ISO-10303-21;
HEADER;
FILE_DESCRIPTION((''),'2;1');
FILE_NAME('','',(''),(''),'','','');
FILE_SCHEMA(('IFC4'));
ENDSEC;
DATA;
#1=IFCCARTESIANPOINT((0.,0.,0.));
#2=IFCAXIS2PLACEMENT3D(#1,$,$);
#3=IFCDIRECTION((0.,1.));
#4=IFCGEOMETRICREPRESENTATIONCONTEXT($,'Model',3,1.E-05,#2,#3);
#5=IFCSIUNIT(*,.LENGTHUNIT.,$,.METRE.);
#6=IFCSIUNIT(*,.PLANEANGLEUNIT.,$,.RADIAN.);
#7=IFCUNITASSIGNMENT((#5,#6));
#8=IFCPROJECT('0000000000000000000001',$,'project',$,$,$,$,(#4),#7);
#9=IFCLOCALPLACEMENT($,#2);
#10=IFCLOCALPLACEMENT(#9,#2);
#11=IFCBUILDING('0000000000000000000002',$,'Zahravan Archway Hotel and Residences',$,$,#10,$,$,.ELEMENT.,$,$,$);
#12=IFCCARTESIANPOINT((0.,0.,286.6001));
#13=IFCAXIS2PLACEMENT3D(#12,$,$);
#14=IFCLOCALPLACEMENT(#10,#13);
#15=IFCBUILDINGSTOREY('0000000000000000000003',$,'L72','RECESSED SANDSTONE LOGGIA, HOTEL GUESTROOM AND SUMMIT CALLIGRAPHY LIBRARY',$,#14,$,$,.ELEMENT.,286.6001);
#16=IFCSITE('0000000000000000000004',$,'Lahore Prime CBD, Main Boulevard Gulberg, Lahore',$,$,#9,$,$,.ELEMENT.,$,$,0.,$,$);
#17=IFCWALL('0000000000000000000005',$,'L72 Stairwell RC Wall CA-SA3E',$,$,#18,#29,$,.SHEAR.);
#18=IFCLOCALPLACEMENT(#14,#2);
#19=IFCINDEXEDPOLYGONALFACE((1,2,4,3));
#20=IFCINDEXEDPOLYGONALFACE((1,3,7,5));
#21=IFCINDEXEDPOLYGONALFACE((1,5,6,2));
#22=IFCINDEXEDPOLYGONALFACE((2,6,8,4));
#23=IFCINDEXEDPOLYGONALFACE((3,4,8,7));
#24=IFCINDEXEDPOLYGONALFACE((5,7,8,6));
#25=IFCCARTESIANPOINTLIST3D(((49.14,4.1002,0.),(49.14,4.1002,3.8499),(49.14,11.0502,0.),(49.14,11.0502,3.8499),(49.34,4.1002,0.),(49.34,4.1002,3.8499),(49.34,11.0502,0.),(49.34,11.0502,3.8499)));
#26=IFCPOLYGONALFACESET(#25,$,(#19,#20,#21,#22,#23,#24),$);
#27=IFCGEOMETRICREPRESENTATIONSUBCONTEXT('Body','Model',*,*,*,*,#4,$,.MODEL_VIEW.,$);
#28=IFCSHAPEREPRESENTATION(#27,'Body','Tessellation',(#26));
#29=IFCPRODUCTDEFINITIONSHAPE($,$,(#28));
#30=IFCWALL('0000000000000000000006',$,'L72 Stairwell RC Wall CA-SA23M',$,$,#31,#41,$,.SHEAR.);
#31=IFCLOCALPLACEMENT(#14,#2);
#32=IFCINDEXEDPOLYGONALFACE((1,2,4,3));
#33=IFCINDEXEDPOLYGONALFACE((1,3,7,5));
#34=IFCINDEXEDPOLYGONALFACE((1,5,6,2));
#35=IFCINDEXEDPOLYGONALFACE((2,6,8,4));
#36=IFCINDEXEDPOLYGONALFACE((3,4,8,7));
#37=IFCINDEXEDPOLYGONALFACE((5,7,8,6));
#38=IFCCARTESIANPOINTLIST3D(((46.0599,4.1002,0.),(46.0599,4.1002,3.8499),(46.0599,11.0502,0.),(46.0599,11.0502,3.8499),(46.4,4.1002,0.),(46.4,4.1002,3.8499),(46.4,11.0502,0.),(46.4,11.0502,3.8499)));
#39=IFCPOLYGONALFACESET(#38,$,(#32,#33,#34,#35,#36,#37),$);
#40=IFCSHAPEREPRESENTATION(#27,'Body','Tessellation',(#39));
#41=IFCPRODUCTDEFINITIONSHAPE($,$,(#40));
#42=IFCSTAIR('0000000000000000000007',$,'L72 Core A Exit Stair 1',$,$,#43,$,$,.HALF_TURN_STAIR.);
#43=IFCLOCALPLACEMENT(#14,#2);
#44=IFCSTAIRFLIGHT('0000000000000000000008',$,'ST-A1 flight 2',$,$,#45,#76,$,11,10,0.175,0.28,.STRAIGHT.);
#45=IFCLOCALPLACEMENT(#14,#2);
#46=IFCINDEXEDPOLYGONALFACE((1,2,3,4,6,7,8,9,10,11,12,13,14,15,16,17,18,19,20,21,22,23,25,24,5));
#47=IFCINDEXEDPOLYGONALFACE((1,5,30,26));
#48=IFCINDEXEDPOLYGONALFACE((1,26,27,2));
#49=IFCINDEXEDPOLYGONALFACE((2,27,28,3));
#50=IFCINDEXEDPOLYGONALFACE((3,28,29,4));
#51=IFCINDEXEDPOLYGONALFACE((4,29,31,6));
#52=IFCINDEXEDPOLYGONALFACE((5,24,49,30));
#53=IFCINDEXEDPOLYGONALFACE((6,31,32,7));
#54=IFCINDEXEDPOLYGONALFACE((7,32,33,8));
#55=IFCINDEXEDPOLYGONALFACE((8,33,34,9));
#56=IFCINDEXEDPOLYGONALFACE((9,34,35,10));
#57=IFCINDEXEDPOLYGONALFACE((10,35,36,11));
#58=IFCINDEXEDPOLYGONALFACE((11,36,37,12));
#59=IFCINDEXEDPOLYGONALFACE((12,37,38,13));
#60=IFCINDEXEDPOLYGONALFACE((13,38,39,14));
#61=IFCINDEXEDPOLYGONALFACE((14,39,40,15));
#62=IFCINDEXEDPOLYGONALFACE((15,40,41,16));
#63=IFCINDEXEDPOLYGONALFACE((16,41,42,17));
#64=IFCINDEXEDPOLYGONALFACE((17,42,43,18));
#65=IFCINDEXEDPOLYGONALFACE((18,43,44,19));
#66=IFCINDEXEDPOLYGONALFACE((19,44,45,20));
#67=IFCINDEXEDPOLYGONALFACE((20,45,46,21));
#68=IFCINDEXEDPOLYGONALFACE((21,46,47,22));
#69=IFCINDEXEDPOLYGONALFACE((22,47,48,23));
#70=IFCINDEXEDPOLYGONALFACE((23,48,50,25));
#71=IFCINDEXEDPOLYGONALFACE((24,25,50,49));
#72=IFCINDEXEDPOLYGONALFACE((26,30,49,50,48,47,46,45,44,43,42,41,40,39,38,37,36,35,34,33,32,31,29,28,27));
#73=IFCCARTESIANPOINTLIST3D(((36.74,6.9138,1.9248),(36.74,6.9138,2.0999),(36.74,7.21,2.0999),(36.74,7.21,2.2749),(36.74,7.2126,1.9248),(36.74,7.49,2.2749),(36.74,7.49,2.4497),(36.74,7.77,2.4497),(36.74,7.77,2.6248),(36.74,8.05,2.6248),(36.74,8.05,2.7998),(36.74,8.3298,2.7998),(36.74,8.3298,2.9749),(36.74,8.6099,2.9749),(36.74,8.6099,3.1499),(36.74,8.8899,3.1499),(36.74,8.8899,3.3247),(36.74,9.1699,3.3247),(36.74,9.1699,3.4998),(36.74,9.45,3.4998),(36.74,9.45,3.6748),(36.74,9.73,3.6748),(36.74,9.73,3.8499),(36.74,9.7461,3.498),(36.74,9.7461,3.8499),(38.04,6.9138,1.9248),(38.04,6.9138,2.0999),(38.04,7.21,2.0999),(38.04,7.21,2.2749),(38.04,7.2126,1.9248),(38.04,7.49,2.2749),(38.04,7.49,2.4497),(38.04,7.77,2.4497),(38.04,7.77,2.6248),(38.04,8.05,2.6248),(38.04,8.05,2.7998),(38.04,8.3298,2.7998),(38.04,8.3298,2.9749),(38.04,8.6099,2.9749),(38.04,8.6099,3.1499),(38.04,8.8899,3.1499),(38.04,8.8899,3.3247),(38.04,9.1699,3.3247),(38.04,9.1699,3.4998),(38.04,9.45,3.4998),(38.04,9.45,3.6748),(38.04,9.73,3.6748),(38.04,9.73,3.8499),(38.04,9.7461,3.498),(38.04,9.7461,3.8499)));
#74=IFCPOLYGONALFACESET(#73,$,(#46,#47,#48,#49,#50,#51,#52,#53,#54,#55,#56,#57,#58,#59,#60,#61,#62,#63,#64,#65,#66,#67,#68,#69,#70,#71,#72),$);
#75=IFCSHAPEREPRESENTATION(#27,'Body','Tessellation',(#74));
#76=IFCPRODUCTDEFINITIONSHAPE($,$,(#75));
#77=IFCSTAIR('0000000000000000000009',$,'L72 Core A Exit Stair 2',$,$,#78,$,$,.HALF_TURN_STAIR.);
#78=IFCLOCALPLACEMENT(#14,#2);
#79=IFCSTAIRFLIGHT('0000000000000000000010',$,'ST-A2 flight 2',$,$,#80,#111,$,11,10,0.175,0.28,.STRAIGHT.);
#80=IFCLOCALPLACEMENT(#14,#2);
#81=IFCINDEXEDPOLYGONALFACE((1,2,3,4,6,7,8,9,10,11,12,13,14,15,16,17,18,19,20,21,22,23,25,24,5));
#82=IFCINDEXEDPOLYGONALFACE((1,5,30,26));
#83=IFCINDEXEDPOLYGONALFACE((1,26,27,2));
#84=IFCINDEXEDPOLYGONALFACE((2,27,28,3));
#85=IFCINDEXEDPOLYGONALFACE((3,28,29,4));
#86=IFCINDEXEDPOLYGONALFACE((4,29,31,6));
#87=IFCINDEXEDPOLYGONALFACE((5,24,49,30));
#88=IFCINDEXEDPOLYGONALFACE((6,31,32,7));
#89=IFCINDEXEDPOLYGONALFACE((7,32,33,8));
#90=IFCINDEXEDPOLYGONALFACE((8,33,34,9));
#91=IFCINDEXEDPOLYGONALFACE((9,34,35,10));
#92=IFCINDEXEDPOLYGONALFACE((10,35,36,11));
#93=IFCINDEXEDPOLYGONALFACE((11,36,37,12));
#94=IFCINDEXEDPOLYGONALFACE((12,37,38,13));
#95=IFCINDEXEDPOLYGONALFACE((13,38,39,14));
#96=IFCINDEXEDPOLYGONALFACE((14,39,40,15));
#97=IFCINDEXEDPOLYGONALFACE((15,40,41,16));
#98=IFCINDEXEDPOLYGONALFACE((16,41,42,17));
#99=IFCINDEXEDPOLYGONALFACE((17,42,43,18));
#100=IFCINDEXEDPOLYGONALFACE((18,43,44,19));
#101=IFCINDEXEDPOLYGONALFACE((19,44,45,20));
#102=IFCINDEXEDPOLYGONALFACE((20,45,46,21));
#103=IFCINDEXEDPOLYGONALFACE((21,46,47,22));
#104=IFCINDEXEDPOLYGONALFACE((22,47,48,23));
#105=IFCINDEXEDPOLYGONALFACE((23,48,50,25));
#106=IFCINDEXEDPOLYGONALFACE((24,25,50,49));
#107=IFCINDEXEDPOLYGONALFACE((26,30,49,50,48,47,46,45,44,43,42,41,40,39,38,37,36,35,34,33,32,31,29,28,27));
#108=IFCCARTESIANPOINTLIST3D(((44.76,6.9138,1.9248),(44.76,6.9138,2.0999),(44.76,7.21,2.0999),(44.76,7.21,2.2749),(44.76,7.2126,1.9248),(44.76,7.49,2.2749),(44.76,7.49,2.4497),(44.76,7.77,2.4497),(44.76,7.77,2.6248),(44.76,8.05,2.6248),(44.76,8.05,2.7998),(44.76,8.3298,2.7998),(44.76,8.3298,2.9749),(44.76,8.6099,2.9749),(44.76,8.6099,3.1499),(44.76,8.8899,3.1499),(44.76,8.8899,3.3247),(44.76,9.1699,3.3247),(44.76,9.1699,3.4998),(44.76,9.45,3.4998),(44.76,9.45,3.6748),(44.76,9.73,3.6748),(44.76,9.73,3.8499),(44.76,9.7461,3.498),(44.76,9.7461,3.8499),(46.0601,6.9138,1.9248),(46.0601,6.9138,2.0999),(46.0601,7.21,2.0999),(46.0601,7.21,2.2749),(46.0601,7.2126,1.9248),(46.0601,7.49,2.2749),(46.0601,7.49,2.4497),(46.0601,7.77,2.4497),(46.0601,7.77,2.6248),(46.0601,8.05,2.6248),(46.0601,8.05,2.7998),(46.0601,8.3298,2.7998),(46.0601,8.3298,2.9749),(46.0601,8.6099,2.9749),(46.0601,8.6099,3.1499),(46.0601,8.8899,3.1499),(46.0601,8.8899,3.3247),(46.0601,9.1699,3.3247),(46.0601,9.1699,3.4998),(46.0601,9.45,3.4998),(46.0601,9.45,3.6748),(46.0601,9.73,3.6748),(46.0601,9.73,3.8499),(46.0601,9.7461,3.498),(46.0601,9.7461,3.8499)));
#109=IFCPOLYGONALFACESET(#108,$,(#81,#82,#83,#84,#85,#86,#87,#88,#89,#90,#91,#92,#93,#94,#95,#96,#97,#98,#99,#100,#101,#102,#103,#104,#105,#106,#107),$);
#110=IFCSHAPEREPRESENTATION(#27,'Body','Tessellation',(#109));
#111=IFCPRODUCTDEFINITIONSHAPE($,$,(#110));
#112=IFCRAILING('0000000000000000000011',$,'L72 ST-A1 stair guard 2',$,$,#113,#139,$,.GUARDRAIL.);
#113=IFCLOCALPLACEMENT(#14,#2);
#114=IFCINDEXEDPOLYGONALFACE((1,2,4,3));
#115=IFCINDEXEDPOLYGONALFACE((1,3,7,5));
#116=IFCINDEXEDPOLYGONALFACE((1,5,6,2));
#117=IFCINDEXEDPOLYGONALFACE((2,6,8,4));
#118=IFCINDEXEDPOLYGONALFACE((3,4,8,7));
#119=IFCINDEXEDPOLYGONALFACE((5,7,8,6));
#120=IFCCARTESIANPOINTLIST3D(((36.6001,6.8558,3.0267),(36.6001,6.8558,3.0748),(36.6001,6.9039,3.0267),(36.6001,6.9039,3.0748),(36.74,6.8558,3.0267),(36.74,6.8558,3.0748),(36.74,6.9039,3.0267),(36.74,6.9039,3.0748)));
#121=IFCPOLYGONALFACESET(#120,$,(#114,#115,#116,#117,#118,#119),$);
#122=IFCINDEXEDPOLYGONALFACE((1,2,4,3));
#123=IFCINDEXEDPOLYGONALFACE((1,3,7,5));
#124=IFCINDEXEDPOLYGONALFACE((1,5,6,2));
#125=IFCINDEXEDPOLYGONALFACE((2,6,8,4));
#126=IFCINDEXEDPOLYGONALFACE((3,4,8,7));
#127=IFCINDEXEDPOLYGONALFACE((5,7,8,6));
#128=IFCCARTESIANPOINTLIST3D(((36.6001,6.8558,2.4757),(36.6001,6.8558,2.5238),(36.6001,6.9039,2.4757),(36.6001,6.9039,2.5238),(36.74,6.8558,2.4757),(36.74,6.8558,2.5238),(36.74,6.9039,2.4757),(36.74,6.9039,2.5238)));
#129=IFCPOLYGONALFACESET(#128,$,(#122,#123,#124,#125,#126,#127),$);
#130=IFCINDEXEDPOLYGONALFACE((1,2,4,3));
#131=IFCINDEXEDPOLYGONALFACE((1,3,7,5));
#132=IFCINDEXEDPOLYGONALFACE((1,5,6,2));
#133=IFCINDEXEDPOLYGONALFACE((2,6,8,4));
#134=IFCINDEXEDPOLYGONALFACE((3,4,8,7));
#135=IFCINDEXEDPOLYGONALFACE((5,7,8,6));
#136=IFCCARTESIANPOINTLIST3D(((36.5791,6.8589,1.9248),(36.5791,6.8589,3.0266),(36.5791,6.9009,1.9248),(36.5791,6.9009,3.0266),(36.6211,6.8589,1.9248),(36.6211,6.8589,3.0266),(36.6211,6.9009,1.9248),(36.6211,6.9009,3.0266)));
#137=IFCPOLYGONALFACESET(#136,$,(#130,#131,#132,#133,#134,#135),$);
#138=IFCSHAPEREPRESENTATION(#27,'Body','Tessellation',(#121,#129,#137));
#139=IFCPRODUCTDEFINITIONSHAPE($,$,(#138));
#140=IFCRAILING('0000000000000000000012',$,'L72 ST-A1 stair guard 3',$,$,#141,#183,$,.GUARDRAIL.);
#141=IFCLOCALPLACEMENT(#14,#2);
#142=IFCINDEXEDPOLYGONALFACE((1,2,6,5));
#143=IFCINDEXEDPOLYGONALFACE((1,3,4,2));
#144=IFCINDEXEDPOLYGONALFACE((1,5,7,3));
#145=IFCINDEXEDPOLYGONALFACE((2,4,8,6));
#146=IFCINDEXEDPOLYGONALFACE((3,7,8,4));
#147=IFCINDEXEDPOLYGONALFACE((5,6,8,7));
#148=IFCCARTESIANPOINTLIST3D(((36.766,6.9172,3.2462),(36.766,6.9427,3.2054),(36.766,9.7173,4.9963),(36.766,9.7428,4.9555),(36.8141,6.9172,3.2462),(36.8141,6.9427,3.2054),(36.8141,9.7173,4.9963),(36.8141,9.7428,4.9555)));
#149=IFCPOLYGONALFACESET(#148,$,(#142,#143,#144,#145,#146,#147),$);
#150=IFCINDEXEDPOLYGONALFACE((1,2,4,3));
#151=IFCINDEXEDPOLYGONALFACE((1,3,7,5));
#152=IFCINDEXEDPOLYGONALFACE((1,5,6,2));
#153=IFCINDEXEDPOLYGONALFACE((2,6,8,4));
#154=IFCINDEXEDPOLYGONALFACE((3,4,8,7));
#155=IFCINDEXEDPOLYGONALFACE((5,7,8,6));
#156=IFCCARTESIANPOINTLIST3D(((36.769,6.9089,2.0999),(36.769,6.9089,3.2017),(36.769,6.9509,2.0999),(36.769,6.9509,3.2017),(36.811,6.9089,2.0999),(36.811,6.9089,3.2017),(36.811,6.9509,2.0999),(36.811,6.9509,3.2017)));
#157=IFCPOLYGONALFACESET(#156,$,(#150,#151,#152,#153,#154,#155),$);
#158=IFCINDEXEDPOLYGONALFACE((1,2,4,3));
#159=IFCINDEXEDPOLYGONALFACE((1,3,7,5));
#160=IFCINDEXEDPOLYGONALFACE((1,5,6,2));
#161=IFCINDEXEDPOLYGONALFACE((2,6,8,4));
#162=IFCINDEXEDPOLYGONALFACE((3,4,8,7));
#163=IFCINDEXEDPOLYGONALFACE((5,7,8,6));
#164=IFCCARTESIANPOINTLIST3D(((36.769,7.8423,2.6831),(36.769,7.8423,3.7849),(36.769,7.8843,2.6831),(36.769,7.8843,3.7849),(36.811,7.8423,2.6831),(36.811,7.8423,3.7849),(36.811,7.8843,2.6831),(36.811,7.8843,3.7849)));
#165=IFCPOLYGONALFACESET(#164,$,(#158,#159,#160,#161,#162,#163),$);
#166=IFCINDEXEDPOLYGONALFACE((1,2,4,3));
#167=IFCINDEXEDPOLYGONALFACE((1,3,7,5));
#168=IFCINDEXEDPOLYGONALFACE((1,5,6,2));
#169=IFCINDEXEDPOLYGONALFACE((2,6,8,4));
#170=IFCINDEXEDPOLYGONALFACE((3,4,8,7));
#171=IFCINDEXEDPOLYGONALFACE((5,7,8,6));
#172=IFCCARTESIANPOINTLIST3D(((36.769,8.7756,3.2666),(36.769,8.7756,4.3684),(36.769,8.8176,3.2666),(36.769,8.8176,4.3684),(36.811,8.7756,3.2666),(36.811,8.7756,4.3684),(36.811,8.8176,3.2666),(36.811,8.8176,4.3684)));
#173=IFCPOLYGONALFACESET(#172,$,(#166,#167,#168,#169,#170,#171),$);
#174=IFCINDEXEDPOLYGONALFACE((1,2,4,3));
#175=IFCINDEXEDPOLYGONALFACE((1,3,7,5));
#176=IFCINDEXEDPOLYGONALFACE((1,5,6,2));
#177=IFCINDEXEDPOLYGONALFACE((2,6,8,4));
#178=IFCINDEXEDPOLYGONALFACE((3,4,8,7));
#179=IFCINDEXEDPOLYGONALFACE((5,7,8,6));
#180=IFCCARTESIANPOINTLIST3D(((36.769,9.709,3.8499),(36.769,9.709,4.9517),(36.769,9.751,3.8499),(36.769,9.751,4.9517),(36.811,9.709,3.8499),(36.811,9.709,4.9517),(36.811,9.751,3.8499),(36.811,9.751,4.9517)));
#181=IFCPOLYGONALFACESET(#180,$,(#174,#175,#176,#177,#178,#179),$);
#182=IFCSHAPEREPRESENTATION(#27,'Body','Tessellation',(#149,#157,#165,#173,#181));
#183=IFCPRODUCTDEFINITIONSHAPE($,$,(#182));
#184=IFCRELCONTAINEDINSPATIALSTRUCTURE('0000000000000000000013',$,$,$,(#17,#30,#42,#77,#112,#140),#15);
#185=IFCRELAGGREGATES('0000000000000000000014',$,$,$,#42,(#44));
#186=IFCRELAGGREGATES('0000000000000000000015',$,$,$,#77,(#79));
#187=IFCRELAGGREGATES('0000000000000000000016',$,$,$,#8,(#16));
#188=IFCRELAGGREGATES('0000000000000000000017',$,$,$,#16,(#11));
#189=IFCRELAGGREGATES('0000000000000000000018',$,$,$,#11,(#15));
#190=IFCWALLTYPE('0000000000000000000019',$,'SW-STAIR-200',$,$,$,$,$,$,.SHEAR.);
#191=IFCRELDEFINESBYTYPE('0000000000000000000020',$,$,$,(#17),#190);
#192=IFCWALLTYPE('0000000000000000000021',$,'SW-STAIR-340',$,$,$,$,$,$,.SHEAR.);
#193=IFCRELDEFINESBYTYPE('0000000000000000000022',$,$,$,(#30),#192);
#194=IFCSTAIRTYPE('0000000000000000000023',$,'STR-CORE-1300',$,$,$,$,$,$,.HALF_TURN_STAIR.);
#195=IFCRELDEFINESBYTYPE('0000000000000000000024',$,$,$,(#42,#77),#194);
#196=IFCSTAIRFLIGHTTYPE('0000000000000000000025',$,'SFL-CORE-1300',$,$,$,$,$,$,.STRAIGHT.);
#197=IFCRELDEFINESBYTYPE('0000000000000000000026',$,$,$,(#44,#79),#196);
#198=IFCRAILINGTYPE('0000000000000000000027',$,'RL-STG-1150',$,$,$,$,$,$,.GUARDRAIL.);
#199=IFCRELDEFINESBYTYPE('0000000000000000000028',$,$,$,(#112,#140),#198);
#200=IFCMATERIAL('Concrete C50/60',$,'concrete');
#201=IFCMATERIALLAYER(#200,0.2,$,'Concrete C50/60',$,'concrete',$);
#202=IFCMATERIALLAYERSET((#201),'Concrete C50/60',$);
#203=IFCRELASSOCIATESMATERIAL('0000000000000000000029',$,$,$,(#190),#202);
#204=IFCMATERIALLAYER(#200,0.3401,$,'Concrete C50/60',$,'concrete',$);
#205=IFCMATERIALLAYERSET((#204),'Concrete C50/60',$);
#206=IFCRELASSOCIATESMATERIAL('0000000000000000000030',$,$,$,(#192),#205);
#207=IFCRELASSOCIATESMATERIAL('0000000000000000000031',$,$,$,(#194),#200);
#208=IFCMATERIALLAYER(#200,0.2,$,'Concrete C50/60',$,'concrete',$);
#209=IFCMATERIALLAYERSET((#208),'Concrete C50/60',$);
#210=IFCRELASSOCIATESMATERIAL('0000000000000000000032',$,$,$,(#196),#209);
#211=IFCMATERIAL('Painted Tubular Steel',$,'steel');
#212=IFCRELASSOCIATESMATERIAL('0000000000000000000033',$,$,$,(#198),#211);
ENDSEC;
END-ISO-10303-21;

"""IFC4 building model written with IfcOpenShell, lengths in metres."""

from ifc_helpers import new_model, si_unit, direction, frame, frame_2d, origin, origin_2d, place, context, subcontext, project, spatial, polyline, rectangle, outline, extrude, source, transform, mapped, material, layer, layer_set, type_object, element, aggregate, save


model = new_model("IFC4")

# Units and contexts
model_context = context("Model", 3, precision=1e-05, world=origin(), true_north=direction((0.0, 1.0)))
body_context = subcontext(model_context, "Body", "Model", "MODEL_VIEW")
ifc_project = project(units=[si_unit("LENGTHUNIT", "METRE"), si_unit("PLANEANGLEUNIT", "RADIAN")], contexts=[model_context])

# Site, building, storey
site_placement = place(None, origin())
site = spatial("IfcSite", under=ifc_project, at=site_placement, Name="Lahore Prime CBD, Main Boulevard Gulberg, Lahore", CompositionType="ELEMENT", RefElevation=0.0)
building_placement = place(site_placement, origin())
building = spatial("IfcBuilding", under=site, at=building_placement, Name="Zahravan Archway Hotel and Residences", CompositionType="ELEMENT")
storey_placement = place(building_placement, frame((0.0, 0.0, 286.6001)))
storey = spatial("IfcBuildingStorey", under=building, at=storey_placement, Name="L72", Description="RECESSED SANDSTONE LOGGIA, HOTEL GUESTROOM AND SUMMIT CALLIGRAPHY LIBRARY", CompositionType="ELEMENT", Elevation=286.6001)

# Shared definitions
ifc_material_1 = material(Name="Concrete C50/60", Category="concrete")

# Walls
ifc_layer_1 = layer(ifc_material_1, 0.2, Name="Concrete C50/60", Category="concrete")
ifc_layer_set_1 = layer_set([ifc_layer_1], Name="Concrete C50/60")
wall_type_1 = type_object("IfcWallType", Name="SW-STAIR-200", PredefinedType="SHEAR", material=ifc_layer_set_1)
for number, where, z_axis, x_axis, name in (
    (1, (49.24, 4.1001, 0.0), (0.0, 0.0, 1.0), (0.0, 1.0, 0.0), "L72 Stairwell RC Wall CA-SA3E"),
):
    element("IfcWall", number, at=place(storey_placement, frame(where, z_axis=z_axis, x_axis=x_axis)), inside=storey, type_object=wall_type_1, Name=name, PredefinedType="SHEAR", context=body_context, shape_type="SweptSolid", body=[
        extrude(rectangle(XDim=6.95, YDim=0.2, at=frame_2d((3.4751, 0.0))), origin(), (0.0, 0.0, 1.0), 3.8499),
    ])
ifc_layer_2 = layer(ifc_material_1, 0.3401, Name="Concrete C50/60", Category="concrete")
ifc_layer_set_2 = layer_set([ifc_layer_2], Name="Concrete C50/60")
wall_type_2 = type_object("IfcWallType", Name="SW-STAIR-340", PredefinedType="SHEAR", material=ifc_layer_set_2)
wall_1_placement = place(storey_placement, frame((46.23, 4.1001, 0.0), z_axis=(0.0, 0.0, 1.0), x_axis=(0.0, 1.0, 0.0)))
element("IfcWall", 2, at=wall_1_placement, inside=storey, type_object=wall_type_2, Name="L72 Stairwell RC Wall CA-SA23M", PredefinedType="SHEAR", context=body_context, shape_type="SweptSolid", body=[
    extrude(rectangle(XDim=6.95, YDim=0.3401, at=frame_2d((3.4751, 0.0))), origin(), (0.0, 0.0, 1.0), 3.8499),
])

# Stairs, stair flights
stair_type = type_object("IfcStairType", Name="STR-CORE-1300", PredefinedType="HALF_TURN_STAIR", material=ifc_material_1)
stair_1_placement = place(storey_placement, origin())
stair_1 = element("IfcStair", 3, at=stair_1_placement, inside=storey, type_object=stair_type, Name="L72 Core A Exit Stair 1", PredefinedType="HALF_TURN_STAIR")
ifc_layer_3 = layer(ifc_material_1, 0.2, Name="Concrete C50/60", Category="concrete")
ifc_layer_set_3 = layer_set([ifc_layer_3], Name="Concrete C50/60")
stair_flight_type = type_object("IfcStairFlightType", Name="SFL-CORE-1300", PredefinedType="STRAIGHT", material=ifc_layer_set_3)
shared_shape_1 = source(origin(), body_context, "Body", "SweptSolid", [
    extrude(outline(polyline([(-0.0161, 0.0), (-0.0161, 0.175), (0.28, 0.175), (0.28, 0.3501), (0.5601, 0.3501), (0.5601, 0.5249), (0.8401, 0.5249), (0.8401, 0.7), (1.1201, 0.7), (1.1201, 0.875), (1.3999, 0.875), (1.3999, 1.05), (1.6799, 1.05), (1.6799, 1.2251), (1.96, 1.2251), (1.96, 1.3999), (2.24, 1.3999), (2.24, 1.575), (2.52, 1.575), (2.52, 1.75), (2.8, 1.75), (2.8, 1.925), (2.8162, 1.925), (2.8162, 1.5732), (0.2827, 0.0), (-0.0161, 0.0)])), frame((0.0, 0.6499, 0.0), z_axis=(0.0, -1.0, 0.0), x_axis=(1.0, 0.0, 0.0)), (0.0, 0.0, 1.0), 1.3),
])
stair_flight_1_placement = place(storey_placement, frame((37.3899, 6.9299, 1.9248), z_axis=(0.0, 0.0, 1.0), x_axis=(0.0, 1.0, 0.0)))
stair_flight_1 = element("IfcStairFlight", 4, at=stair_flight_1_placement, type_object=stair_flight_type, Name="ST-A1 flight 2", NumberOfRisers=11, NumberOfTreads=10, PredefinedType="STRAIGHT", RiserHeight=0.175, TreadLength=0.28, context=body_context, shape_type="MappedRepresentation", body=[
    mapped(shared_shape_1, transform((0.0, 0.0, 0.0), scale=1.0)),
])
aggregate(stair_1, [stair_flight_1])
stair_2_placement = place(storey_placement, origin())
stair_2 = element("IfcStair", 5, at=stair_2_placement, inside=storey, type_object=stair_type, Name="L72 Core A Exit Stair 2", PredefinedType="HALF_TURN_STAIR")
stair_flight_2_placement = place(storey_placement, frame((45.4099, 6.9299, 1.9248), z_axis=(0.0, 0.0, 1.0), x_axis=(0.0, 1.0, 0.0)))
stair_flight_2 = element("IfcStairFlight", 6, at=stair_flight_2_placement, type_object=stair_flight_type, Name="ST-A2 flight 2", NumberOfRisers=11, NumberOfTreads=10, PredefinedType="STRAIGHT", RiserHeight=0.175, TreadLength=0.28, context=body_context, shape_type="MappedRepresentation", body=[
    mapped(shared_shape_1, transform((0.0, 0.0, 0.0), scale=1.0)),
])
aggregate(stair_2, [stair_flight_2])

# Railings
ifc_material_2 = material(Name="Painted Tubular Steel", Category="steel")
railing_type_1 = type_object("IfcRailingType", Name="RL-STG-1150", PredefinedType="GUARDRAIL", material=ifc_material_2)
railing_1_placement = place(storey_placement, frame((36.6001, 6.8799, 1.9248)))
element("IfcRailing", 7, at=railing_1_placement, inside=storey, type_object=railing_type_1, Name="L72 ST-A1 stair guard 2", PredefinedType="GUARDRAIL", context=body_context, shape_type="SweptSolid", body=[
    extrude(rectangle(XDim=0.0481, YDim=0.0481, at=origin_2d()), frame((0.0, 0.0, 1.126), z_axis=(1.0, 0.0, 0.0), x_axis=(0.0, 1.0, 0.0)), (0.0, 0.0, 1.0), 0.1399),
    extrude(rectangle(XDim=0.0481, YDim=0.0481, at=origin_2d()), frame((0.0, 0.0, 0.575), z_axis=(1.0, 0.0, 0.0), x_axis=(0.0, 1.0, 0.0)), (0.0, 0.0, 1.0), 0.1399),
    extrude(rectangle(XDim=0.042, YDim=0.042, at=origin_2d()), origin(), (0.0, 0.0, 1.0), 1.1018),
])
railing_2_placement = place(storey_placement, frame((36.79, 6.9299, 2.0999)))
element("IfcRailing", 8, at=railing_2_placement, inside=storey, type_object=railing_type_1, Name="L72 ST-A1 stair guard 3", PredefinedType="GUARDRAIL", context=body_context, shape_type="SweptSolid", body=[
    extrude(rectangle(XDim=0.0481, YDim=0.0481, at=origin_2d()), frame((0.0, 0.0, 1.126), z_axis=(0.0, 0.848002, 0.529992), x_axis=(-1.0, 0.0, 0.0)), (0.0, 0.0, 1.0), 3.302),
    extrude(rectangle(XDim=0.042, YDim=0.042, at=origin_2d()), origin(), (0.0, 0.0, 1.0), 1.1018),
    extrude(rectangle(XDim=0.042, YDim=0.042, at=origin_2d()), frame((0.0, 0.9333, 0.5833)), (0.0, 0.0, 1.0), 1.1018),
    extrude(rectangle(XDim=0.042, YDim=0.042, at=origin_2d()), frame((0.0, 1.8667, 1.1667)), (0.0, 0.0, 1.0), 1.1018),
    extrude(rectangle(XDim=0.042, YDim=0.042, at=origin_2d()), frame((0.0, 2.8, 1.75)), (0.0, 0.0, 1.0), 1.1018),
])

save(model, "model.ifc")
